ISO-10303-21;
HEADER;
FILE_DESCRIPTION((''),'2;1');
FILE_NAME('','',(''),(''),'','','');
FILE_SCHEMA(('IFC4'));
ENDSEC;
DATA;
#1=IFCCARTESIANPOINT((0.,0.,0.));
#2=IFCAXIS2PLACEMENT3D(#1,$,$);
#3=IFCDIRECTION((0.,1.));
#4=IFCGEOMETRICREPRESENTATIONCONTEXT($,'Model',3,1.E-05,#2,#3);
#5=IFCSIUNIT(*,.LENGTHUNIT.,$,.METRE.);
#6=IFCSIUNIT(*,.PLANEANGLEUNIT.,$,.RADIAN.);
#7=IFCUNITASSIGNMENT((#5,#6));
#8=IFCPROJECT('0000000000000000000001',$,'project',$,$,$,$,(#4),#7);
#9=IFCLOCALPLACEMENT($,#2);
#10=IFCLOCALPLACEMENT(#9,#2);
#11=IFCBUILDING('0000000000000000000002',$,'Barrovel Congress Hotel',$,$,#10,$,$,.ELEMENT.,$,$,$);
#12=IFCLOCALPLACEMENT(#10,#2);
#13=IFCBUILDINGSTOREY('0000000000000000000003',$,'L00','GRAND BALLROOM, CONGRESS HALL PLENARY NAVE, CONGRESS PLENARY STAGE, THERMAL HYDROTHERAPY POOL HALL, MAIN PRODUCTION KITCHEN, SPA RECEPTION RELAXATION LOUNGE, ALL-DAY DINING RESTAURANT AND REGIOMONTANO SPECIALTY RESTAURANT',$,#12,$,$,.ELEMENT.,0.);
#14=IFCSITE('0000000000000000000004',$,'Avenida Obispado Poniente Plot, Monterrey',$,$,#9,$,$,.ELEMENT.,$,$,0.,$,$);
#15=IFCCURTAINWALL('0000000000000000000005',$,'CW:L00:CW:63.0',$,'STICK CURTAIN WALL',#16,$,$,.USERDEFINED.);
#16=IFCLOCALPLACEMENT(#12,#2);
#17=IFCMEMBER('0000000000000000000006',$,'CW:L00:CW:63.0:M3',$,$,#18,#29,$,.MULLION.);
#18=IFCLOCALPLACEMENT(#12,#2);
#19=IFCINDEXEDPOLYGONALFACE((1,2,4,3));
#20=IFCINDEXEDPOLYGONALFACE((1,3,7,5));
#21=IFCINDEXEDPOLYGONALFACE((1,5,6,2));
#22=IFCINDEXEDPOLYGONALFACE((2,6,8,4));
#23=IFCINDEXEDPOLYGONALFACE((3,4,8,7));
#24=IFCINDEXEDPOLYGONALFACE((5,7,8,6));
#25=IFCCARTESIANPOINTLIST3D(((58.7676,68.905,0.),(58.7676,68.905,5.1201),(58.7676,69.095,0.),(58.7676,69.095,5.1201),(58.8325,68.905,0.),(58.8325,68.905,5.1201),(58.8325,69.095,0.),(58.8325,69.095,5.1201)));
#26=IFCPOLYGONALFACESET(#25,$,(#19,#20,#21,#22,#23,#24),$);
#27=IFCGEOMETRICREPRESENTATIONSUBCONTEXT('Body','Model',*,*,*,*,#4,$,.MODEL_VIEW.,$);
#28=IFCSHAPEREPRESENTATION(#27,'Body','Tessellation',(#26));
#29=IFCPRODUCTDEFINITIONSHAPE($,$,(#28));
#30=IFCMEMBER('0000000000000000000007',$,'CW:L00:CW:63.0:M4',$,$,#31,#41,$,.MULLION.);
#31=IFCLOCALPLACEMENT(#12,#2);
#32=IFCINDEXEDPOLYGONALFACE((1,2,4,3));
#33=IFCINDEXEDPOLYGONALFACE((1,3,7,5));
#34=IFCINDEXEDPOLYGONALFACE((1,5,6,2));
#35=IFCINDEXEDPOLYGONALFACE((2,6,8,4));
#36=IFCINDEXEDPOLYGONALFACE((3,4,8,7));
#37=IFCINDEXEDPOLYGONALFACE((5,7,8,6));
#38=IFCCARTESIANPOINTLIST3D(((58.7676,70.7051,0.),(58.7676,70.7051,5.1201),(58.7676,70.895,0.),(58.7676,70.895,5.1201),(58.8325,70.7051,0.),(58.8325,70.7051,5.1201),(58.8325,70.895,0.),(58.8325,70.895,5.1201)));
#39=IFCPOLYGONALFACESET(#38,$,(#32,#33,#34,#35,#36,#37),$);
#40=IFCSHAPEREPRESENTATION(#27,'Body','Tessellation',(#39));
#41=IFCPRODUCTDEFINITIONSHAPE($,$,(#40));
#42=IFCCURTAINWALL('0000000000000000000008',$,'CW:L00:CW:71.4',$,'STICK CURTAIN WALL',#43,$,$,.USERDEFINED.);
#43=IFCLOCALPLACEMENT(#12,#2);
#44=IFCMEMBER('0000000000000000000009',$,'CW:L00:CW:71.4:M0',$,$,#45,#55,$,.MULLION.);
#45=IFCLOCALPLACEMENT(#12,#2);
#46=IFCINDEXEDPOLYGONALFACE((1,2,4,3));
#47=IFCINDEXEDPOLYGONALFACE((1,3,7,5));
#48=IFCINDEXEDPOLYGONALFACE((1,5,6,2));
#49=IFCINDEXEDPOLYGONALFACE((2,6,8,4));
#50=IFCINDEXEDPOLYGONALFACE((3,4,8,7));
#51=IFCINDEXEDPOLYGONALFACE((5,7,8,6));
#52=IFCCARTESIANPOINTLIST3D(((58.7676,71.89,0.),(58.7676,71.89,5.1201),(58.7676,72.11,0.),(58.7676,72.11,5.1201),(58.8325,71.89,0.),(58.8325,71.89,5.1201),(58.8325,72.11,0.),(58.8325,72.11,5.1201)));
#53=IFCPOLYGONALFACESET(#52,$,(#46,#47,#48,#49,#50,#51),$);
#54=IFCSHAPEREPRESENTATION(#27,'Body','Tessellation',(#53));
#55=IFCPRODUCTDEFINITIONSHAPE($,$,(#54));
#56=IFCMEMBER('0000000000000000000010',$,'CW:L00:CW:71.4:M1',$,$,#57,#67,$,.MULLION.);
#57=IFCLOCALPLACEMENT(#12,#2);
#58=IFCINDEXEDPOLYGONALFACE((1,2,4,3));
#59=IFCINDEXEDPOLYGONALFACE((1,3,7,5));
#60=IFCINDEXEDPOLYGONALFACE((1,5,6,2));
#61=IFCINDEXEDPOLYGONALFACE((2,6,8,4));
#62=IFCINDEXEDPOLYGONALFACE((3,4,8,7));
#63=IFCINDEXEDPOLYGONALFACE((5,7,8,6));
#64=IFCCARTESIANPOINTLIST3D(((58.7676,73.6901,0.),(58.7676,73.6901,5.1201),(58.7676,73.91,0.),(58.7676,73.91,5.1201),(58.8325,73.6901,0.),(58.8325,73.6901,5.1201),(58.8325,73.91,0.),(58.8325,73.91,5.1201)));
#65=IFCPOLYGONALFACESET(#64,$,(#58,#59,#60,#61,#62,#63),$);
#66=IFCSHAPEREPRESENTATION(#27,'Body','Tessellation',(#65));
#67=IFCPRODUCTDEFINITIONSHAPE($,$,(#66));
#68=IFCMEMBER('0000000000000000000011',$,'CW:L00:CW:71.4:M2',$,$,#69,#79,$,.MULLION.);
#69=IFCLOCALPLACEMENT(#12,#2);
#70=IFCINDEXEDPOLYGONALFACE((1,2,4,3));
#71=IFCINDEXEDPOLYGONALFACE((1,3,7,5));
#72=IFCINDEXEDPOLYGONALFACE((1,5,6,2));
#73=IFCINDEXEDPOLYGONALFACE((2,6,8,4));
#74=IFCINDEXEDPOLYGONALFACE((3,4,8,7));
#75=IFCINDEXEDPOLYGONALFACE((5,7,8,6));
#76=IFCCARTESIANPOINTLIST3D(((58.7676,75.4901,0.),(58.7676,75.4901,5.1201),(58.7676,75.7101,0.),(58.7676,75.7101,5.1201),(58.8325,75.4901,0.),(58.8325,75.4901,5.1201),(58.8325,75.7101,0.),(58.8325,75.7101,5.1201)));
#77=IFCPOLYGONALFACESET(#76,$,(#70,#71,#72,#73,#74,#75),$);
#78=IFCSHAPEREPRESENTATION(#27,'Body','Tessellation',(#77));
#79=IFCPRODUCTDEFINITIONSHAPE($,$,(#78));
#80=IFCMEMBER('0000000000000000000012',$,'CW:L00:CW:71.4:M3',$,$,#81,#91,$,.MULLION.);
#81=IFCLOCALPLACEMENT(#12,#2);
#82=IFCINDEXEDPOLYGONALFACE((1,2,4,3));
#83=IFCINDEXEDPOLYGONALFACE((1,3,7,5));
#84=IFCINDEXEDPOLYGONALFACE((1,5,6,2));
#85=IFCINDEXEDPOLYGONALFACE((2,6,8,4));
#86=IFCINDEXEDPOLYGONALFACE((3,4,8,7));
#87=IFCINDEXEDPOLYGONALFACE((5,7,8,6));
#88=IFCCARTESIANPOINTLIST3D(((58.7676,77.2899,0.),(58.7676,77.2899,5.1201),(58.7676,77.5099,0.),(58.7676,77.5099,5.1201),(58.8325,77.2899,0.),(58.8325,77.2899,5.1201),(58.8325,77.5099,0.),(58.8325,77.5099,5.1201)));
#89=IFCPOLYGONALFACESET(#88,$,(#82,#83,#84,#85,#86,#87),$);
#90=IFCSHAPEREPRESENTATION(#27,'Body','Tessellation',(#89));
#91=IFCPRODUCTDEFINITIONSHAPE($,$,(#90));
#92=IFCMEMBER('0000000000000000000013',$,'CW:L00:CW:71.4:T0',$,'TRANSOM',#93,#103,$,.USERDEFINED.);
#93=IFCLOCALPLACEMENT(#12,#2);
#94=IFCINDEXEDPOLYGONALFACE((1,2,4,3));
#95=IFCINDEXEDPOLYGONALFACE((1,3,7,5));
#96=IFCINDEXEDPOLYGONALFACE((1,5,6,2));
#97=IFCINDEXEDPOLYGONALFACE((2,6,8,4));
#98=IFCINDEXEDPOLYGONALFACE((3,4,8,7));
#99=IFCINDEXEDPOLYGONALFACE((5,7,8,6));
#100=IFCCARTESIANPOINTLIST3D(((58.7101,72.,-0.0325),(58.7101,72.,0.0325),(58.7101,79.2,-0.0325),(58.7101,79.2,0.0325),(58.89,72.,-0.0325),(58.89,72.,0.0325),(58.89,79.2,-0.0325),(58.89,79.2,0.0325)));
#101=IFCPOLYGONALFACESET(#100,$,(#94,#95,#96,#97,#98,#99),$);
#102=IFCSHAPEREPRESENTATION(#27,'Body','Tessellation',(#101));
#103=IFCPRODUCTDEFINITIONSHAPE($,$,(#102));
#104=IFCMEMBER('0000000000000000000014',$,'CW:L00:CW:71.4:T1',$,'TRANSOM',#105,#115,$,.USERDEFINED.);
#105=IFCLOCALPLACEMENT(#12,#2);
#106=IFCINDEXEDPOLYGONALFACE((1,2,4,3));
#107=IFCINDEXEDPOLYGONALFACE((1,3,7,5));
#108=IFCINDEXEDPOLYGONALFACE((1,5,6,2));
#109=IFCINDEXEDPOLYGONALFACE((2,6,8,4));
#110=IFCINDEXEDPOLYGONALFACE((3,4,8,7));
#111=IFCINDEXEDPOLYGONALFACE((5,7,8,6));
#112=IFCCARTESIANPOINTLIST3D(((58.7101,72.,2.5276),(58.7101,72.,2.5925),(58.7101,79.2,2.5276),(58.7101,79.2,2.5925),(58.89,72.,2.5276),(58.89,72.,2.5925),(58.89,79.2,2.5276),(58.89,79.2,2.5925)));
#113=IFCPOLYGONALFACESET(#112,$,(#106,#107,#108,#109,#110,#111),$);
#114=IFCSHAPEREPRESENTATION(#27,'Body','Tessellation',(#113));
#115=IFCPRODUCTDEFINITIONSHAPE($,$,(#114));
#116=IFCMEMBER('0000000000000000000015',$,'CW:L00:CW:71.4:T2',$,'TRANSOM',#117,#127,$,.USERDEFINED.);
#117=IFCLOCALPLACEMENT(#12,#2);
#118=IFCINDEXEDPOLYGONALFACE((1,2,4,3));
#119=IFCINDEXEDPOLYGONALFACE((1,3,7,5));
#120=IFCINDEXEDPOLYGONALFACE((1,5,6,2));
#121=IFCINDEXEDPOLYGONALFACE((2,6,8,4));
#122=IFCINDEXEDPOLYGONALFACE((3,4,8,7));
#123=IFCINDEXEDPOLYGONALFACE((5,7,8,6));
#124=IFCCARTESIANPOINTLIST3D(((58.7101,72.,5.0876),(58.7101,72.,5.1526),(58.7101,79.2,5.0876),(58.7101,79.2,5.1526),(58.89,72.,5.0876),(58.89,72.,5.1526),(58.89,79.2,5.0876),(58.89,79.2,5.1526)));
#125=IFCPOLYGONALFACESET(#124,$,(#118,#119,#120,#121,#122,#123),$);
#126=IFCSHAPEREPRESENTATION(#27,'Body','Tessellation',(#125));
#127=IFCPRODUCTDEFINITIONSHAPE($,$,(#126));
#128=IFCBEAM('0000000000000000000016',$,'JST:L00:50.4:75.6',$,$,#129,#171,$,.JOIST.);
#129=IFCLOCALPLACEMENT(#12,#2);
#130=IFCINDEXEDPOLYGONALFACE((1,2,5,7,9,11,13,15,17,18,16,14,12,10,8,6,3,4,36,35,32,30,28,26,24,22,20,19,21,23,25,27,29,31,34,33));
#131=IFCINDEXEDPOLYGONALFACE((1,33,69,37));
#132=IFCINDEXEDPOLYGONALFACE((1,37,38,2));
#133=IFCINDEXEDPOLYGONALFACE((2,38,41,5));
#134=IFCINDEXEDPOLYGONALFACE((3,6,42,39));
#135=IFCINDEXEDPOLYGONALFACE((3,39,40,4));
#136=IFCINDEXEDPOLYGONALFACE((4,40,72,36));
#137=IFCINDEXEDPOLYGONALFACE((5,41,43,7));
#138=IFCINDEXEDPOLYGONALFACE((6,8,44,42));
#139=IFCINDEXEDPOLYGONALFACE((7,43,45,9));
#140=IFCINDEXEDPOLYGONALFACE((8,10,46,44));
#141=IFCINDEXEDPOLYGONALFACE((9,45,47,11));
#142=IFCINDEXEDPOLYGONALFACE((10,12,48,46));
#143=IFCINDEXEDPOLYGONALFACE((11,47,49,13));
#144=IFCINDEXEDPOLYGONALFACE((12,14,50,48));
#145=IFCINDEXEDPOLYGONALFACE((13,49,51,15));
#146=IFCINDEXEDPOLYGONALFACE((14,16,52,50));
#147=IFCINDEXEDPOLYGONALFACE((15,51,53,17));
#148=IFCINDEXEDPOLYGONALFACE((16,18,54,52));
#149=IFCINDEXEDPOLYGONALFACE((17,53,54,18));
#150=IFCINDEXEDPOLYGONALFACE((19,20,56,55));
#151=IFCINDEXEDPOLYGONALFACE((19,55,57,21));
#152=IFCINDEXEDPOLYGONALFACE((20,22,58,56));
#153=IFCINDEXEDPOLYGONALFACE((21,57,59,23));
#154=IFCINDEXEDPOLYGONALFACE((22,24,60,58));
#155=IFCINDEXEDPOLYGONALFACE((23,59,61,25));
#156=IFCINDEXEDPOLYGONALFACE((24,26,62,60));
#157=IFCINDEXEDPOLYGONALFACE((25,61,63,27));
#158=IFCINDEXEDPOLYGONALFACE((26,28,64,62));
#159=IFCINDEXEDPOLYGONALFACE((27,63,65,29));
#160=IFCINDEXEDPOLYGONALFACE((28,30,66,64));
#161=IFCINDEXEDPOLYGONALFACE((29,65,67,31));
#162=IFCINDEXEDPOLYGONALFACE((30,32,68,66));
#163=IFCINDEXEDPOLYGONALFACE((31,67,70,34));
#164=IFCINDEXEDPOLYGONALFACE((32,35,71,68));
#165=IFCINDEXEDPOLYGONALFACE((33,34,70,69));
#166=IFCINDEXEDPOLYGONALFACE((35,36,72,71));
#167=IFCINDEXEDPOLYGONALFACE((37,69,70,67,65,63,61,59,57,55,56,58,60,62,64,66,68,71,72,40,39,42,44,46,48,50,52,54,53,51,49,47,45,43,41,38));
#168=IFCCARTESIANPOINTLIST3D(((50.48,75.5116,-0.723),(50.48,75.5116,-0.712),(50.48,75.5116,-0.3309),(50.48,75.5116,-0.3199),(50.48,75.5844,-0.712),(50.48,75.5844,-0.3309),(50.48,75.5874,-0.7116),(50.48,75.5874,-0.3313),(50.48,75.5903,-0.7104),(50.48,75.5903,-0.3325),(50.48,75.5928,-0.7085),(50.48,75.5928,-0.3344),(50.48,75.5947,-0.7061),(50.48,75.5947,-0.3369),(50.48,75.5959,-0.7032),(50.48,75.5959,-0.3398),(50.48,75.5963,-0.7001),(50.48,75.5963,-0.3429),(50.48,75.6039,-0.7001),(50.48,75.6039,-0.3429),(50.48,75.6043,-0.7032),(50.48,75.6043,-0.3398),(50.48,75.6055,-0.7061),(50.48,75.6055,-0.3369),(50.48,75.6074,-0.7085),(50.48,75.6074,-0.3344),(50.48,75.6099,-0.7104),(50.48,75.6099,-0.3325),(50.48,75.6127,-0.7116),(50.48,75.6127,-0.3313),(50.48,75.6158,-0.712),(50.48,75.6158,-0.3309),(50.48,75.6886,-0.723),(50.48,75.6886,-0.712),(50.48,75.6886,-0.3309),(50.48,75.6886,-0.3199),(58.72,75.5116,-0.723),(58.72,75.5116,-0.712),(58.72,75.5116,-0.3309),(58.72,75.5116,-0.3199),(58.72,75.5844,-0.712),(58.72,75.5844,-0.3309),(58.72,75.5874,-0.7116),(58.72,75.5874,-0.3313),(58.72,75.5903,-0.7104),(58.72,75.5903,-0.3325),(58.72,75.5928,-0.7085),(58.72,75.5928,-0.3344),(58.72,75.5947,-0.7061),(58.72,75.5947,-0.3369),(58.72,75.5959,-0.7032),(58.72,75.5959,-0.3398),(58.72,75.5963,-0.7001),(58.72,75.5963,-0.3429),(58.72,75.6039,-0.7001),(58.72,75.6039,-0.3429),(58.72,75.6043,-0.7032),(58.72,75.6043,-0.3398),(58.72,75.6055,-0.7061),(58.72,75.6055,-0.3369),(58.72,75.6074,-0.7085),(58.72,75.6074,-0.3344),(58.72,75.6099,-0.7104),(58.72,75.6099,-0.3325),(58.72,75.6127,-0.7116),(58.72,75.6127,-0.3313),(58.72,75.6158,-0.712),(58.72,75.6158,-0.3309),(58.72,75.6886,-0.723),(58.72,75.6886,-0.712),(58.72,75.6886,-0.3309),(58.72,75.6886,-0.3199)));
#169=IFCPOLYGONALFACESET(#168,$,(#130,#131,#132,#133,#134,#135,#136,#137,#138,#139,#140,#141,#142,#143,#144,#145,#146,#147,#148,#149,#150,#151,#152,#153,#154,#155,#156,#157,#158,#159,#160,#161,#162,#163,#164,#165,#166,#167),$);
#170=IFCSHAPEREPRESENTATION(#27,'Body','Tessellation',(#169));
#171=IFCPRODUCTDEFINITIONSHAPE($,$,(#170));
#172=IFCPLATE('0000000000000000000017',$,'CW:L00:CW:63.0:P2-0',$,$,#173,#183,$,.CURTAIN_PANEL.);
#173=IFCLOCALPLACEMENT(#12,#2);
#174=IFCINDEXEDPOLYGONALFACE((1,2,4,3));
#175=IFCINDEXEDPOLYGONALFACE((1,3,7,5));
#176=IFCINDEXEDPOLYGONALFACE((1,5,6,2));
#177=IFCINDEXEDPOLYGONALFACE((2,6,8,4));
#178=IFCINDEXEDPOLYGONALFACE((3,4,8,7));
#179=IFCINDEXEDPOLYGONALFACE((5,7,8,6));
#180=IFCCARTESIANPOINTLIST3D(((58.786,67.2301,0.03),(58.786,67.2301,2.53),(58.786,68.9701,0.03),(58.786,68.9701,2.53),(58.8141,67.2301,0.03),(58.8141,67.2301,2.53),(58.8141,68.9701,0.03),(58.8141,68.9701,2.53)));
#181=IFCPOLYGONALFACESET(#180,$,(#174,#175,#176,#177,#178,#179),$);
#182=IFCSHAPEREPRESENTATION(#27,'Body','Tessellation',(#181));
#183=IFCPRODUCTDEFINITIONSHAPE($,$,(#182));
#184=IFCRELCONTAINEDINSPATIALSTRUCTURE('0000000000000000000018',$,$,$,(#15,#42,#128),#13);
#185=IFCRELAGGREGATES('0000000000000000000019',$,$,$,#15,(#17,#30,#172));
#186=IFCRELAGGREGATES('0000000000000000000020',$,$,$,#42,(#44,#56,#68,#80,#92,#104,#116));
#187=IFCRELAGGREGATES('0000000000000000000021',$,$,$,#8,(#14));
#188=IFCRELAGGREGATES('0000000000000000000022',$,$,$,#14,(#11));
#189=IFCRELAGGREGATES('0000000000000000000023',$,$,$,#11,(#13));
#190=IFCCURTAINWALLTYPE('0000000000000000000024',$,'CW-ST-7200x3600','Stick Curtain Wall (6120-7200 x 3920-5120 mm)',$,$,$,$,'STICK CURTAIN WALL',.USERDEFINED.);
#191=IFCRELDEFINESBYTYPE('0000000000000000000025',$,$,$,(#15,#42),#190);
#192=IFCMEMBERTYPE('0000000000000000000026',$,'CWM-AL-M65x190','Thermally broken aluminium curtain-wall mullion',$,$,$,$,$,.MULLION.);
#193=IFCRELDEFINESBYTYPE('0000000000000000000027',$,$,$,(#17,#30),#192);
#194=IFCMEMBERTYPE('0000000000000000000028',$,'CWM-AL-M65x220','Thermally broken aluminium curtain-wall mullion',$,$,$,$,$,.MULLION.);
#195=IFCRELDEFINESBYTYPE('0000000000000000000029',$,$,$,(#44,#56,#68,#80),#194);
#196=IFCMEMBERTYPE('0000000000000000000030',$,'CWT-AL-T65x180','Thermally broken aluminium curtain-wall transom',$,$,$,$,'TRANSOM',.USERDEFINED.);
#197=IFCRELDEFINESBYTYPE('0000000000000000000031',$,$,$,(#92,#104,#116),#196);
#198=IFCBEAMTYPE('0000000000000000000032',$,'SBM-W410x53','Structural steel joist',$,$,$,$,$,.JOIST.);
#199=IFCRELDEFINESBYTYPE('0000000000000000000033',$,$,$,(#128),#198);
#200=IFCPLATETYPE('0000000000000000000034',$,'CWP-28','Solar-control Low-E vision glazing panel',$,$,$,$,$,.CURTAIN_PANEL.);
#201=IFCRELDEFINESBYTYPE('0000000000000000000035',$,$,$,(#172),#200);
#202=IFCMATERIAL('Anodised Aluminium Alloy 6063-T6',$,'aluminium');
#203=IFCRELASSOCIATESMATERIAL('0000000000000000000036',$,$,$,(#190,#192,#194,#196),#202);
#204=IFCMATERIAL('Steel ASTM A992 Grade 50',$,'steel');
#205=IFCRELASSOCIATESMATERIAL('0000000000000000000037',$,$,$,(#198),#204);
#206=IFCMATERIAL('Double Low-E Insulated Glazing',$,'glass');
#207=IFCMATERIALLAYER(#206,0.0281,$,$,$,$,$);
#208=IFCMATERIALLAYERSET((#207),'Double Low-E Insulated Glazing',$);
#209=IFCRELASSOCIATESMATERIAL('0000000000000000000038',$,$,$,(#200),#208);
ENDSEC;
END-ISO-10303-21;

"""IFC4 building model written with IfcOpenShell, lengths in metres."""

from ifc_helpers import new_model, si_unit, direction, frame, origin, origin_2d, place, context, subcontext, project, spatial, rectangle, i_section, extrude, material, layer, layer_set, material_profile, profile_set, type_object, element, aggregate, save


model = new_model("IFC4")

# Units and contexts
model_context = context("Model", 3, precision=1e-05, world=origin(), true_north=direction((0.0, 1.0)))
body_context = subcontext(model_context, "Body", "Model", "MODEL_VIEW")
ifc_project = project(units=[si_unit("LENGTHUNIT", "METRE"), si_unit("PLANEANGLEUNIT", "RADIAN")], contexts=[model_context])

# Site, building, storey
site_placement = place(None, origin())
site = spatial("IfcSite", under=ifc_project, at=site_placement, Name="Avenida Obispado Poniente Plot, Monterrey", CompositionType="ELEMENT", RefElevation=0.0)
building_placement = place(site_placement, origin())
building = spatial("IfcBuilding", under=site, at=building_placement, Name="Barrovel Congress Hotel", CompositionType="ELEMENT")
storey_placement = place(building_placement, origin())
storey = spatial("IfcBuildingStorey", under=building, at=storey_placement, Name="L00", Description="GRAND BALLROOM, CONGRESS HALL PLENARY NAVE, CONGRESS PLENARY STAGE, THERMAL HYDROTHERAPY POOL HALL, MAIN PRODUCTION KITCHEN, SPA RECEPTION RELAXATION LOUNGE, ALL-DAY DINING RESTAURANT AND REGIOMONTANO SPECIALTY RESTAURANT", CompositionType="ELEMENT", Elevation=0.0)

# Curtain walls, members
ifc_material_1 = material(Name="Anodised Aluminium Alloy 6063-T6", Category="aluminium")
curtain_wall_type = type_object("IfcCurtainWallType", Name="CW-ST-7200x3600", Description="Stick Curtain Wall (6120-7200 x 3920-5120 mm)", ElementType="STICK CURTAIN WALL", PredefinedType="USERDEFINED", material=ifc_material_1)
curtain_wall_1_placement = place(storey_placement, origin())
curtain_wall_1 = element("IfcCurtainWall", 1, at=curtain_wall_1_placement, inside=storey, type_object=curtain_wall_type, Name="CW:L00:CW:63.0", ObjectType="STICK CURTAIN WALL", PredefinedType="USERDEFINED")
ifc_material_profile_1 = material_profile(ifc_material_1, rectangle(XDim=0.0649, YDim=0.1899, at=origin_2d()), Name="AL-M65x190")
ifc_profile_set_1 = profile_set([ifc_material_profile_1], Name="Anodised Aluminium Alloy 6063-T6")
member_type_1 = type_object("IfcMemberType", Name="CWM-AL-M65x190", Description="Thermally broken aluminium curtain-wall mullion", PredefinedType="MULLION", material=ifc_profile_set_1)
member_1_placement = place(storey_placement, frame((58.8, 69.0, 0.0), z_axis=(0.0, 0.0, 1.0), x_axis=(1.0, 0.0, 0.0)))
member_1 = element("IfcMember", 2, at=member_1_placement, type_object=member_type_1, Name="CW:L00:CW:63.0:M3", PredefinedType="MULLION", context=body_context, shape_type="SweptSolid", body=[
    extrude(rectangle(XDim=0.0649, YDim=0.1899, at=origin_2d()), origin(), (0.0, 0.0, 1.0), 5.1201),
])
member_2_placement = place(storey_placement, frame((58.8, 70.8, 0.0), z_axis=(0.0, 0.0, 1.0), x_axis=(1.0, 0.0, 0.0)))
member_2 = element("IfcMember", 3, at=member_2_placement, type_object=member_type_1, Name="CW:L00:CW:63.0:M4", PredefinedType="MULLION", context=body_context, shape_type="SweptSolid", body=[
    extrude(rectangle(XDim=0.0649, YDim=0.1899, at=origin_2d()), origin(), (0.0, 0.0, 1.0), 5.1201),
])
curtain_wall_2_placement = place(storey_placement, origin())
curtain_wall_2 = element("IfcCurtainWall", 4, at=curtain_wall_2_placement, inside=storey, type_object=curtain_wall_type, Name="CW:L00:CW:71.4", ObjectType="STICK CURTAIN WALL", PredefinedType="USERDEFINED")
ifc_material_profile_2 = material_profile(ifc_material_1, rectangle(XDim=0.0649, YDim=0.22, at=origin_2d()), Name="AL-M65x220")
ifc_profile_set_2 = profile_set([ifc_material_profile_2], Name="Anodised Aluminium Alloy 6063-T6")
member_type_2 = type_object("IfcMemberType", Name="CWM-AL-M65x220", Description="Thermally broken aluminium curtain-wall mullion", PredefinedType="MULLION", material=ifc_profile_set_2)
member_3_placement = place(storey_placement, frame((58.8, 72.0, 0.0), z_axis=(0.0, 0.0, 1.0), x_axis=(1.0, 0.0, 0.0)))
member_3 = element("IfcMember", 5, at=member_3_placement, type_object=member_type_2, Name="CW:L00:CW:71.4:M0", PredefinedType="MULLION", context=body_context, shape_type="SweptSolid", body=[
    extrude(rectangle(XDim=0.0649, YDim=0.22, at=origin_2d()), origin(), (0.0, 0.0, 1.0), 5.1201),
])
member_4_placement = place(storey_placement, frame((58.8, 73.8, 0.0), z_axis=(0.0, 0.0, 1.0), x_axis=(1.0, 0.0, 0.0)))
member_4 = element("IfcMember", 6, at=member_4_placement, type_object=member_type_2, Name="CW:L00:CW:71.4:M1", PredefinedType="MULLION", context=body_context, shape_type="SweptSolid", body=[
    extrude(rectangle(XDim=0.0649, YDim=0.22, at=origin_2d()), origin(), (0.0, 0.0, 1.0), 5.1201),
])
member_5_placement = place(storey_placement, frame((58.8, 75.6001, 0.0), z_axis=(0.0, 0.0, 1.0), x_axis=(1.0, 0.0, 0.0)))
member_5 = element("IfcMember", 7, at=member_5_placement, type_object=member_type_2, Name="CW:L00:CW:71.4:M2", PredefinedType="MULLION", context=body_context, shape_type="SweptSolid", body=[
    extrude(rectangle(XDim=0.0649, YDim=0.22, at=origin_2d()), origin(), (0.0, 0.0, 1.0), 5.1201),
])
member_6_placement = place(storey_placement, frame((58.8, 77.3999, 0.0), z_axis=(0.0, 0.0, 1.0), x_axis=(1.0, 0.0, 0.0)))
member_6 = element("IfcMember", 8, at=member_6_placement, type_object=member_type_2, Name="CW:L00:CW:71.4:M3", PredefinedType="MULLION", context=body_context, shape_type="SweptSolid", body=[
    extrude(rectangle(XDim=0.0649, YDim=0.22, at=origin_2d()), origin(), (0.0, 0.0, 1.0), 5.1201),
])
ifc_material_profile_3 = material_profile(ifc_material_1, rectangle(XDim=0.1799, YDim=0.0649, at=origin_2d()), Name="AL-T65x180")
ifc_profile_set_3 = profile_set([ifc_material_profile_3], Name="Anodised Aluminium Alloy 6063-T6")
member_type_3 = type_object("IfcMemberType", Name="CWT-AL-T65x180", Description="Thermally broken aluminium curtain-wall transom", ElementType="TRANSOM", PredefinedType="USERDEFINED", material=ifc_profile_set_3)
member_7_placement = place(storey_placement, frame((58.8, 72.0, 0.0), z_axis=(0.0, 1.0, 0.0), x_axis=(-1.0, 0.0, 0.0)))
member_7 = element("IfcMember", 9, at=member_7_placement, type_object=member_type_3, Name="CW:L00:CW:71.4:T0", ObjectType="TRANSOM", PredefinedType="USERDEFINED", context=body_context, shape_type="SweptSolid", body=[
    extrude(rectangle(XDim=0.1799, YDim=0.0649, at=origin_2d()), origin(), (0.0, 0.0, 1.0), 7.2),
])
member_8_placement = place(storey_placement, frame((58.8, 72.0, 2.5601), z_axis=(0.0, 1.0, 0.0), x_axis=(-1.0, 0.0, 0.0)))
member_8 = element("IfcMember", 10, at=member_8_placement, type_object=member_type_3, Name="CW:L00:CW:71.4:T1", ObjectType="TRANSOM", PredefinedType="USERDEFINED", context=body_context, shape_type="SweptSolid", body=[
    extrude(rectangle(XDim=0.1799, YDim=0.0649, at=origin_2d()), origin(), (0.0, 0.0, 1.0), 7.2),
])
member_9_placement = place(storey_placement, frame((58.8, 72.0, 5.1201), z_axis=(0.0, 1.0, 0.0), x_axis=(-1.0, 0.0, 0.0)))
member_9 = element("IfcMember", 11, at=member_9_placement, type_object=member_type_3, Name="CW:L00:CW:71.4:T2", ObjectType="TRANSOM", PredefinedType="USERDEFINED", context=body_context, shape_type="SweptSolid", body=[
    extrude(rectangle(XDim=0.1799, YDim=0.0649, at=origin_2d()), origin(), (0.0, 0.0, 1.0), 7.2),
])

# Beam
ifc_material_2 = material(Name="Steel ASTM A992 Grade 50", Category="steel")
ifc_material_profile_4 = material_profile(ifc_material_2, i_section(OverallWidth=0.177, OverallDepth=0.4031, WebThickness=0.0076, FlangeThickness=0.011, FilletRadius=0.012, at=origin_2d()), Name="W410x53")
ifc_profile_set_4 = profile_set([ifc_material_profile_4], Name="Steel ASTM A992 Grade 50")
beam_type_1 = type_object("IfcBeamType", Name="SBM-W410x53", Description="Structural steel joist", PredefinedType="JOIST", material=ifc_profile_set_4)
beam_1_placement = place(storey_placement, frame((50.48, 75.6001, -0.5215), z_axis=(1.0, 0.0, 0.0), x_axis=(0.0, 1.0, 0.0)))
element("IfcBeam", 12, at=beam_1_placement, inside=storey, type_object=beam_type_1, Name="JST:L00:50.4:75.6", PredefinedType="JOIST", context=body_context, shape_type="SweptSolid", body=[
    extrude(i_section(OverallWidth=0.177, OverallDepth=0.4031, WebThickness=0.0076, FlangeThickness=0.011, FilletRadius=0.012, at=origin_2d()), origin(), (0.0, 0.0, 1.0), 8.24),
])

# Plate
ifc_material_3 = material(Name="Double Low-E Insulated Glazing", Category="glass")
ifc_layer_1 = layer(ifc_material_3, 0.0281)
ifc_layer_set_1 = layer_set([ifc_layer_1], Name="Double Low-E Insulated Glazing")
plate_type_1 = type_object("IfcPlateType", Name="CWP-28", Description="Solar-control Low-E vision glazing panel", PredefinedType="CURTAIN_PANEL", material=ifc_layer_set_1)
plate_1_placement = place(storey_placement, frame((58.8, 68.1001, 0.03), z_axis=(0.0, 0.0, 1.0), x_axis=(0.0, 1.0, 0.0)))
plate_1 = element("IfcPlate", 13, at=plate_1_placement, type_object=plate_type_1, Name="CW:L00:CW:63.0:P2-0", PredefinedType="CURTAIN_PANEL", context=body_context, shape_type="SweptSolid", body=[
    extrude(rectangle(XDim=1.74, YDim=0.0281, at=origin_2d()), origin(), (0.0, 0.0, 1.0), 2.5),
])
aggregate(curtain_wall_1, [member_1, member_2, plate_1])
aggregate(curtain_wall_2, [member_3, member_4, member_5, member_6, member_7, member_8, member_9])

save(model, "model.ifc")
